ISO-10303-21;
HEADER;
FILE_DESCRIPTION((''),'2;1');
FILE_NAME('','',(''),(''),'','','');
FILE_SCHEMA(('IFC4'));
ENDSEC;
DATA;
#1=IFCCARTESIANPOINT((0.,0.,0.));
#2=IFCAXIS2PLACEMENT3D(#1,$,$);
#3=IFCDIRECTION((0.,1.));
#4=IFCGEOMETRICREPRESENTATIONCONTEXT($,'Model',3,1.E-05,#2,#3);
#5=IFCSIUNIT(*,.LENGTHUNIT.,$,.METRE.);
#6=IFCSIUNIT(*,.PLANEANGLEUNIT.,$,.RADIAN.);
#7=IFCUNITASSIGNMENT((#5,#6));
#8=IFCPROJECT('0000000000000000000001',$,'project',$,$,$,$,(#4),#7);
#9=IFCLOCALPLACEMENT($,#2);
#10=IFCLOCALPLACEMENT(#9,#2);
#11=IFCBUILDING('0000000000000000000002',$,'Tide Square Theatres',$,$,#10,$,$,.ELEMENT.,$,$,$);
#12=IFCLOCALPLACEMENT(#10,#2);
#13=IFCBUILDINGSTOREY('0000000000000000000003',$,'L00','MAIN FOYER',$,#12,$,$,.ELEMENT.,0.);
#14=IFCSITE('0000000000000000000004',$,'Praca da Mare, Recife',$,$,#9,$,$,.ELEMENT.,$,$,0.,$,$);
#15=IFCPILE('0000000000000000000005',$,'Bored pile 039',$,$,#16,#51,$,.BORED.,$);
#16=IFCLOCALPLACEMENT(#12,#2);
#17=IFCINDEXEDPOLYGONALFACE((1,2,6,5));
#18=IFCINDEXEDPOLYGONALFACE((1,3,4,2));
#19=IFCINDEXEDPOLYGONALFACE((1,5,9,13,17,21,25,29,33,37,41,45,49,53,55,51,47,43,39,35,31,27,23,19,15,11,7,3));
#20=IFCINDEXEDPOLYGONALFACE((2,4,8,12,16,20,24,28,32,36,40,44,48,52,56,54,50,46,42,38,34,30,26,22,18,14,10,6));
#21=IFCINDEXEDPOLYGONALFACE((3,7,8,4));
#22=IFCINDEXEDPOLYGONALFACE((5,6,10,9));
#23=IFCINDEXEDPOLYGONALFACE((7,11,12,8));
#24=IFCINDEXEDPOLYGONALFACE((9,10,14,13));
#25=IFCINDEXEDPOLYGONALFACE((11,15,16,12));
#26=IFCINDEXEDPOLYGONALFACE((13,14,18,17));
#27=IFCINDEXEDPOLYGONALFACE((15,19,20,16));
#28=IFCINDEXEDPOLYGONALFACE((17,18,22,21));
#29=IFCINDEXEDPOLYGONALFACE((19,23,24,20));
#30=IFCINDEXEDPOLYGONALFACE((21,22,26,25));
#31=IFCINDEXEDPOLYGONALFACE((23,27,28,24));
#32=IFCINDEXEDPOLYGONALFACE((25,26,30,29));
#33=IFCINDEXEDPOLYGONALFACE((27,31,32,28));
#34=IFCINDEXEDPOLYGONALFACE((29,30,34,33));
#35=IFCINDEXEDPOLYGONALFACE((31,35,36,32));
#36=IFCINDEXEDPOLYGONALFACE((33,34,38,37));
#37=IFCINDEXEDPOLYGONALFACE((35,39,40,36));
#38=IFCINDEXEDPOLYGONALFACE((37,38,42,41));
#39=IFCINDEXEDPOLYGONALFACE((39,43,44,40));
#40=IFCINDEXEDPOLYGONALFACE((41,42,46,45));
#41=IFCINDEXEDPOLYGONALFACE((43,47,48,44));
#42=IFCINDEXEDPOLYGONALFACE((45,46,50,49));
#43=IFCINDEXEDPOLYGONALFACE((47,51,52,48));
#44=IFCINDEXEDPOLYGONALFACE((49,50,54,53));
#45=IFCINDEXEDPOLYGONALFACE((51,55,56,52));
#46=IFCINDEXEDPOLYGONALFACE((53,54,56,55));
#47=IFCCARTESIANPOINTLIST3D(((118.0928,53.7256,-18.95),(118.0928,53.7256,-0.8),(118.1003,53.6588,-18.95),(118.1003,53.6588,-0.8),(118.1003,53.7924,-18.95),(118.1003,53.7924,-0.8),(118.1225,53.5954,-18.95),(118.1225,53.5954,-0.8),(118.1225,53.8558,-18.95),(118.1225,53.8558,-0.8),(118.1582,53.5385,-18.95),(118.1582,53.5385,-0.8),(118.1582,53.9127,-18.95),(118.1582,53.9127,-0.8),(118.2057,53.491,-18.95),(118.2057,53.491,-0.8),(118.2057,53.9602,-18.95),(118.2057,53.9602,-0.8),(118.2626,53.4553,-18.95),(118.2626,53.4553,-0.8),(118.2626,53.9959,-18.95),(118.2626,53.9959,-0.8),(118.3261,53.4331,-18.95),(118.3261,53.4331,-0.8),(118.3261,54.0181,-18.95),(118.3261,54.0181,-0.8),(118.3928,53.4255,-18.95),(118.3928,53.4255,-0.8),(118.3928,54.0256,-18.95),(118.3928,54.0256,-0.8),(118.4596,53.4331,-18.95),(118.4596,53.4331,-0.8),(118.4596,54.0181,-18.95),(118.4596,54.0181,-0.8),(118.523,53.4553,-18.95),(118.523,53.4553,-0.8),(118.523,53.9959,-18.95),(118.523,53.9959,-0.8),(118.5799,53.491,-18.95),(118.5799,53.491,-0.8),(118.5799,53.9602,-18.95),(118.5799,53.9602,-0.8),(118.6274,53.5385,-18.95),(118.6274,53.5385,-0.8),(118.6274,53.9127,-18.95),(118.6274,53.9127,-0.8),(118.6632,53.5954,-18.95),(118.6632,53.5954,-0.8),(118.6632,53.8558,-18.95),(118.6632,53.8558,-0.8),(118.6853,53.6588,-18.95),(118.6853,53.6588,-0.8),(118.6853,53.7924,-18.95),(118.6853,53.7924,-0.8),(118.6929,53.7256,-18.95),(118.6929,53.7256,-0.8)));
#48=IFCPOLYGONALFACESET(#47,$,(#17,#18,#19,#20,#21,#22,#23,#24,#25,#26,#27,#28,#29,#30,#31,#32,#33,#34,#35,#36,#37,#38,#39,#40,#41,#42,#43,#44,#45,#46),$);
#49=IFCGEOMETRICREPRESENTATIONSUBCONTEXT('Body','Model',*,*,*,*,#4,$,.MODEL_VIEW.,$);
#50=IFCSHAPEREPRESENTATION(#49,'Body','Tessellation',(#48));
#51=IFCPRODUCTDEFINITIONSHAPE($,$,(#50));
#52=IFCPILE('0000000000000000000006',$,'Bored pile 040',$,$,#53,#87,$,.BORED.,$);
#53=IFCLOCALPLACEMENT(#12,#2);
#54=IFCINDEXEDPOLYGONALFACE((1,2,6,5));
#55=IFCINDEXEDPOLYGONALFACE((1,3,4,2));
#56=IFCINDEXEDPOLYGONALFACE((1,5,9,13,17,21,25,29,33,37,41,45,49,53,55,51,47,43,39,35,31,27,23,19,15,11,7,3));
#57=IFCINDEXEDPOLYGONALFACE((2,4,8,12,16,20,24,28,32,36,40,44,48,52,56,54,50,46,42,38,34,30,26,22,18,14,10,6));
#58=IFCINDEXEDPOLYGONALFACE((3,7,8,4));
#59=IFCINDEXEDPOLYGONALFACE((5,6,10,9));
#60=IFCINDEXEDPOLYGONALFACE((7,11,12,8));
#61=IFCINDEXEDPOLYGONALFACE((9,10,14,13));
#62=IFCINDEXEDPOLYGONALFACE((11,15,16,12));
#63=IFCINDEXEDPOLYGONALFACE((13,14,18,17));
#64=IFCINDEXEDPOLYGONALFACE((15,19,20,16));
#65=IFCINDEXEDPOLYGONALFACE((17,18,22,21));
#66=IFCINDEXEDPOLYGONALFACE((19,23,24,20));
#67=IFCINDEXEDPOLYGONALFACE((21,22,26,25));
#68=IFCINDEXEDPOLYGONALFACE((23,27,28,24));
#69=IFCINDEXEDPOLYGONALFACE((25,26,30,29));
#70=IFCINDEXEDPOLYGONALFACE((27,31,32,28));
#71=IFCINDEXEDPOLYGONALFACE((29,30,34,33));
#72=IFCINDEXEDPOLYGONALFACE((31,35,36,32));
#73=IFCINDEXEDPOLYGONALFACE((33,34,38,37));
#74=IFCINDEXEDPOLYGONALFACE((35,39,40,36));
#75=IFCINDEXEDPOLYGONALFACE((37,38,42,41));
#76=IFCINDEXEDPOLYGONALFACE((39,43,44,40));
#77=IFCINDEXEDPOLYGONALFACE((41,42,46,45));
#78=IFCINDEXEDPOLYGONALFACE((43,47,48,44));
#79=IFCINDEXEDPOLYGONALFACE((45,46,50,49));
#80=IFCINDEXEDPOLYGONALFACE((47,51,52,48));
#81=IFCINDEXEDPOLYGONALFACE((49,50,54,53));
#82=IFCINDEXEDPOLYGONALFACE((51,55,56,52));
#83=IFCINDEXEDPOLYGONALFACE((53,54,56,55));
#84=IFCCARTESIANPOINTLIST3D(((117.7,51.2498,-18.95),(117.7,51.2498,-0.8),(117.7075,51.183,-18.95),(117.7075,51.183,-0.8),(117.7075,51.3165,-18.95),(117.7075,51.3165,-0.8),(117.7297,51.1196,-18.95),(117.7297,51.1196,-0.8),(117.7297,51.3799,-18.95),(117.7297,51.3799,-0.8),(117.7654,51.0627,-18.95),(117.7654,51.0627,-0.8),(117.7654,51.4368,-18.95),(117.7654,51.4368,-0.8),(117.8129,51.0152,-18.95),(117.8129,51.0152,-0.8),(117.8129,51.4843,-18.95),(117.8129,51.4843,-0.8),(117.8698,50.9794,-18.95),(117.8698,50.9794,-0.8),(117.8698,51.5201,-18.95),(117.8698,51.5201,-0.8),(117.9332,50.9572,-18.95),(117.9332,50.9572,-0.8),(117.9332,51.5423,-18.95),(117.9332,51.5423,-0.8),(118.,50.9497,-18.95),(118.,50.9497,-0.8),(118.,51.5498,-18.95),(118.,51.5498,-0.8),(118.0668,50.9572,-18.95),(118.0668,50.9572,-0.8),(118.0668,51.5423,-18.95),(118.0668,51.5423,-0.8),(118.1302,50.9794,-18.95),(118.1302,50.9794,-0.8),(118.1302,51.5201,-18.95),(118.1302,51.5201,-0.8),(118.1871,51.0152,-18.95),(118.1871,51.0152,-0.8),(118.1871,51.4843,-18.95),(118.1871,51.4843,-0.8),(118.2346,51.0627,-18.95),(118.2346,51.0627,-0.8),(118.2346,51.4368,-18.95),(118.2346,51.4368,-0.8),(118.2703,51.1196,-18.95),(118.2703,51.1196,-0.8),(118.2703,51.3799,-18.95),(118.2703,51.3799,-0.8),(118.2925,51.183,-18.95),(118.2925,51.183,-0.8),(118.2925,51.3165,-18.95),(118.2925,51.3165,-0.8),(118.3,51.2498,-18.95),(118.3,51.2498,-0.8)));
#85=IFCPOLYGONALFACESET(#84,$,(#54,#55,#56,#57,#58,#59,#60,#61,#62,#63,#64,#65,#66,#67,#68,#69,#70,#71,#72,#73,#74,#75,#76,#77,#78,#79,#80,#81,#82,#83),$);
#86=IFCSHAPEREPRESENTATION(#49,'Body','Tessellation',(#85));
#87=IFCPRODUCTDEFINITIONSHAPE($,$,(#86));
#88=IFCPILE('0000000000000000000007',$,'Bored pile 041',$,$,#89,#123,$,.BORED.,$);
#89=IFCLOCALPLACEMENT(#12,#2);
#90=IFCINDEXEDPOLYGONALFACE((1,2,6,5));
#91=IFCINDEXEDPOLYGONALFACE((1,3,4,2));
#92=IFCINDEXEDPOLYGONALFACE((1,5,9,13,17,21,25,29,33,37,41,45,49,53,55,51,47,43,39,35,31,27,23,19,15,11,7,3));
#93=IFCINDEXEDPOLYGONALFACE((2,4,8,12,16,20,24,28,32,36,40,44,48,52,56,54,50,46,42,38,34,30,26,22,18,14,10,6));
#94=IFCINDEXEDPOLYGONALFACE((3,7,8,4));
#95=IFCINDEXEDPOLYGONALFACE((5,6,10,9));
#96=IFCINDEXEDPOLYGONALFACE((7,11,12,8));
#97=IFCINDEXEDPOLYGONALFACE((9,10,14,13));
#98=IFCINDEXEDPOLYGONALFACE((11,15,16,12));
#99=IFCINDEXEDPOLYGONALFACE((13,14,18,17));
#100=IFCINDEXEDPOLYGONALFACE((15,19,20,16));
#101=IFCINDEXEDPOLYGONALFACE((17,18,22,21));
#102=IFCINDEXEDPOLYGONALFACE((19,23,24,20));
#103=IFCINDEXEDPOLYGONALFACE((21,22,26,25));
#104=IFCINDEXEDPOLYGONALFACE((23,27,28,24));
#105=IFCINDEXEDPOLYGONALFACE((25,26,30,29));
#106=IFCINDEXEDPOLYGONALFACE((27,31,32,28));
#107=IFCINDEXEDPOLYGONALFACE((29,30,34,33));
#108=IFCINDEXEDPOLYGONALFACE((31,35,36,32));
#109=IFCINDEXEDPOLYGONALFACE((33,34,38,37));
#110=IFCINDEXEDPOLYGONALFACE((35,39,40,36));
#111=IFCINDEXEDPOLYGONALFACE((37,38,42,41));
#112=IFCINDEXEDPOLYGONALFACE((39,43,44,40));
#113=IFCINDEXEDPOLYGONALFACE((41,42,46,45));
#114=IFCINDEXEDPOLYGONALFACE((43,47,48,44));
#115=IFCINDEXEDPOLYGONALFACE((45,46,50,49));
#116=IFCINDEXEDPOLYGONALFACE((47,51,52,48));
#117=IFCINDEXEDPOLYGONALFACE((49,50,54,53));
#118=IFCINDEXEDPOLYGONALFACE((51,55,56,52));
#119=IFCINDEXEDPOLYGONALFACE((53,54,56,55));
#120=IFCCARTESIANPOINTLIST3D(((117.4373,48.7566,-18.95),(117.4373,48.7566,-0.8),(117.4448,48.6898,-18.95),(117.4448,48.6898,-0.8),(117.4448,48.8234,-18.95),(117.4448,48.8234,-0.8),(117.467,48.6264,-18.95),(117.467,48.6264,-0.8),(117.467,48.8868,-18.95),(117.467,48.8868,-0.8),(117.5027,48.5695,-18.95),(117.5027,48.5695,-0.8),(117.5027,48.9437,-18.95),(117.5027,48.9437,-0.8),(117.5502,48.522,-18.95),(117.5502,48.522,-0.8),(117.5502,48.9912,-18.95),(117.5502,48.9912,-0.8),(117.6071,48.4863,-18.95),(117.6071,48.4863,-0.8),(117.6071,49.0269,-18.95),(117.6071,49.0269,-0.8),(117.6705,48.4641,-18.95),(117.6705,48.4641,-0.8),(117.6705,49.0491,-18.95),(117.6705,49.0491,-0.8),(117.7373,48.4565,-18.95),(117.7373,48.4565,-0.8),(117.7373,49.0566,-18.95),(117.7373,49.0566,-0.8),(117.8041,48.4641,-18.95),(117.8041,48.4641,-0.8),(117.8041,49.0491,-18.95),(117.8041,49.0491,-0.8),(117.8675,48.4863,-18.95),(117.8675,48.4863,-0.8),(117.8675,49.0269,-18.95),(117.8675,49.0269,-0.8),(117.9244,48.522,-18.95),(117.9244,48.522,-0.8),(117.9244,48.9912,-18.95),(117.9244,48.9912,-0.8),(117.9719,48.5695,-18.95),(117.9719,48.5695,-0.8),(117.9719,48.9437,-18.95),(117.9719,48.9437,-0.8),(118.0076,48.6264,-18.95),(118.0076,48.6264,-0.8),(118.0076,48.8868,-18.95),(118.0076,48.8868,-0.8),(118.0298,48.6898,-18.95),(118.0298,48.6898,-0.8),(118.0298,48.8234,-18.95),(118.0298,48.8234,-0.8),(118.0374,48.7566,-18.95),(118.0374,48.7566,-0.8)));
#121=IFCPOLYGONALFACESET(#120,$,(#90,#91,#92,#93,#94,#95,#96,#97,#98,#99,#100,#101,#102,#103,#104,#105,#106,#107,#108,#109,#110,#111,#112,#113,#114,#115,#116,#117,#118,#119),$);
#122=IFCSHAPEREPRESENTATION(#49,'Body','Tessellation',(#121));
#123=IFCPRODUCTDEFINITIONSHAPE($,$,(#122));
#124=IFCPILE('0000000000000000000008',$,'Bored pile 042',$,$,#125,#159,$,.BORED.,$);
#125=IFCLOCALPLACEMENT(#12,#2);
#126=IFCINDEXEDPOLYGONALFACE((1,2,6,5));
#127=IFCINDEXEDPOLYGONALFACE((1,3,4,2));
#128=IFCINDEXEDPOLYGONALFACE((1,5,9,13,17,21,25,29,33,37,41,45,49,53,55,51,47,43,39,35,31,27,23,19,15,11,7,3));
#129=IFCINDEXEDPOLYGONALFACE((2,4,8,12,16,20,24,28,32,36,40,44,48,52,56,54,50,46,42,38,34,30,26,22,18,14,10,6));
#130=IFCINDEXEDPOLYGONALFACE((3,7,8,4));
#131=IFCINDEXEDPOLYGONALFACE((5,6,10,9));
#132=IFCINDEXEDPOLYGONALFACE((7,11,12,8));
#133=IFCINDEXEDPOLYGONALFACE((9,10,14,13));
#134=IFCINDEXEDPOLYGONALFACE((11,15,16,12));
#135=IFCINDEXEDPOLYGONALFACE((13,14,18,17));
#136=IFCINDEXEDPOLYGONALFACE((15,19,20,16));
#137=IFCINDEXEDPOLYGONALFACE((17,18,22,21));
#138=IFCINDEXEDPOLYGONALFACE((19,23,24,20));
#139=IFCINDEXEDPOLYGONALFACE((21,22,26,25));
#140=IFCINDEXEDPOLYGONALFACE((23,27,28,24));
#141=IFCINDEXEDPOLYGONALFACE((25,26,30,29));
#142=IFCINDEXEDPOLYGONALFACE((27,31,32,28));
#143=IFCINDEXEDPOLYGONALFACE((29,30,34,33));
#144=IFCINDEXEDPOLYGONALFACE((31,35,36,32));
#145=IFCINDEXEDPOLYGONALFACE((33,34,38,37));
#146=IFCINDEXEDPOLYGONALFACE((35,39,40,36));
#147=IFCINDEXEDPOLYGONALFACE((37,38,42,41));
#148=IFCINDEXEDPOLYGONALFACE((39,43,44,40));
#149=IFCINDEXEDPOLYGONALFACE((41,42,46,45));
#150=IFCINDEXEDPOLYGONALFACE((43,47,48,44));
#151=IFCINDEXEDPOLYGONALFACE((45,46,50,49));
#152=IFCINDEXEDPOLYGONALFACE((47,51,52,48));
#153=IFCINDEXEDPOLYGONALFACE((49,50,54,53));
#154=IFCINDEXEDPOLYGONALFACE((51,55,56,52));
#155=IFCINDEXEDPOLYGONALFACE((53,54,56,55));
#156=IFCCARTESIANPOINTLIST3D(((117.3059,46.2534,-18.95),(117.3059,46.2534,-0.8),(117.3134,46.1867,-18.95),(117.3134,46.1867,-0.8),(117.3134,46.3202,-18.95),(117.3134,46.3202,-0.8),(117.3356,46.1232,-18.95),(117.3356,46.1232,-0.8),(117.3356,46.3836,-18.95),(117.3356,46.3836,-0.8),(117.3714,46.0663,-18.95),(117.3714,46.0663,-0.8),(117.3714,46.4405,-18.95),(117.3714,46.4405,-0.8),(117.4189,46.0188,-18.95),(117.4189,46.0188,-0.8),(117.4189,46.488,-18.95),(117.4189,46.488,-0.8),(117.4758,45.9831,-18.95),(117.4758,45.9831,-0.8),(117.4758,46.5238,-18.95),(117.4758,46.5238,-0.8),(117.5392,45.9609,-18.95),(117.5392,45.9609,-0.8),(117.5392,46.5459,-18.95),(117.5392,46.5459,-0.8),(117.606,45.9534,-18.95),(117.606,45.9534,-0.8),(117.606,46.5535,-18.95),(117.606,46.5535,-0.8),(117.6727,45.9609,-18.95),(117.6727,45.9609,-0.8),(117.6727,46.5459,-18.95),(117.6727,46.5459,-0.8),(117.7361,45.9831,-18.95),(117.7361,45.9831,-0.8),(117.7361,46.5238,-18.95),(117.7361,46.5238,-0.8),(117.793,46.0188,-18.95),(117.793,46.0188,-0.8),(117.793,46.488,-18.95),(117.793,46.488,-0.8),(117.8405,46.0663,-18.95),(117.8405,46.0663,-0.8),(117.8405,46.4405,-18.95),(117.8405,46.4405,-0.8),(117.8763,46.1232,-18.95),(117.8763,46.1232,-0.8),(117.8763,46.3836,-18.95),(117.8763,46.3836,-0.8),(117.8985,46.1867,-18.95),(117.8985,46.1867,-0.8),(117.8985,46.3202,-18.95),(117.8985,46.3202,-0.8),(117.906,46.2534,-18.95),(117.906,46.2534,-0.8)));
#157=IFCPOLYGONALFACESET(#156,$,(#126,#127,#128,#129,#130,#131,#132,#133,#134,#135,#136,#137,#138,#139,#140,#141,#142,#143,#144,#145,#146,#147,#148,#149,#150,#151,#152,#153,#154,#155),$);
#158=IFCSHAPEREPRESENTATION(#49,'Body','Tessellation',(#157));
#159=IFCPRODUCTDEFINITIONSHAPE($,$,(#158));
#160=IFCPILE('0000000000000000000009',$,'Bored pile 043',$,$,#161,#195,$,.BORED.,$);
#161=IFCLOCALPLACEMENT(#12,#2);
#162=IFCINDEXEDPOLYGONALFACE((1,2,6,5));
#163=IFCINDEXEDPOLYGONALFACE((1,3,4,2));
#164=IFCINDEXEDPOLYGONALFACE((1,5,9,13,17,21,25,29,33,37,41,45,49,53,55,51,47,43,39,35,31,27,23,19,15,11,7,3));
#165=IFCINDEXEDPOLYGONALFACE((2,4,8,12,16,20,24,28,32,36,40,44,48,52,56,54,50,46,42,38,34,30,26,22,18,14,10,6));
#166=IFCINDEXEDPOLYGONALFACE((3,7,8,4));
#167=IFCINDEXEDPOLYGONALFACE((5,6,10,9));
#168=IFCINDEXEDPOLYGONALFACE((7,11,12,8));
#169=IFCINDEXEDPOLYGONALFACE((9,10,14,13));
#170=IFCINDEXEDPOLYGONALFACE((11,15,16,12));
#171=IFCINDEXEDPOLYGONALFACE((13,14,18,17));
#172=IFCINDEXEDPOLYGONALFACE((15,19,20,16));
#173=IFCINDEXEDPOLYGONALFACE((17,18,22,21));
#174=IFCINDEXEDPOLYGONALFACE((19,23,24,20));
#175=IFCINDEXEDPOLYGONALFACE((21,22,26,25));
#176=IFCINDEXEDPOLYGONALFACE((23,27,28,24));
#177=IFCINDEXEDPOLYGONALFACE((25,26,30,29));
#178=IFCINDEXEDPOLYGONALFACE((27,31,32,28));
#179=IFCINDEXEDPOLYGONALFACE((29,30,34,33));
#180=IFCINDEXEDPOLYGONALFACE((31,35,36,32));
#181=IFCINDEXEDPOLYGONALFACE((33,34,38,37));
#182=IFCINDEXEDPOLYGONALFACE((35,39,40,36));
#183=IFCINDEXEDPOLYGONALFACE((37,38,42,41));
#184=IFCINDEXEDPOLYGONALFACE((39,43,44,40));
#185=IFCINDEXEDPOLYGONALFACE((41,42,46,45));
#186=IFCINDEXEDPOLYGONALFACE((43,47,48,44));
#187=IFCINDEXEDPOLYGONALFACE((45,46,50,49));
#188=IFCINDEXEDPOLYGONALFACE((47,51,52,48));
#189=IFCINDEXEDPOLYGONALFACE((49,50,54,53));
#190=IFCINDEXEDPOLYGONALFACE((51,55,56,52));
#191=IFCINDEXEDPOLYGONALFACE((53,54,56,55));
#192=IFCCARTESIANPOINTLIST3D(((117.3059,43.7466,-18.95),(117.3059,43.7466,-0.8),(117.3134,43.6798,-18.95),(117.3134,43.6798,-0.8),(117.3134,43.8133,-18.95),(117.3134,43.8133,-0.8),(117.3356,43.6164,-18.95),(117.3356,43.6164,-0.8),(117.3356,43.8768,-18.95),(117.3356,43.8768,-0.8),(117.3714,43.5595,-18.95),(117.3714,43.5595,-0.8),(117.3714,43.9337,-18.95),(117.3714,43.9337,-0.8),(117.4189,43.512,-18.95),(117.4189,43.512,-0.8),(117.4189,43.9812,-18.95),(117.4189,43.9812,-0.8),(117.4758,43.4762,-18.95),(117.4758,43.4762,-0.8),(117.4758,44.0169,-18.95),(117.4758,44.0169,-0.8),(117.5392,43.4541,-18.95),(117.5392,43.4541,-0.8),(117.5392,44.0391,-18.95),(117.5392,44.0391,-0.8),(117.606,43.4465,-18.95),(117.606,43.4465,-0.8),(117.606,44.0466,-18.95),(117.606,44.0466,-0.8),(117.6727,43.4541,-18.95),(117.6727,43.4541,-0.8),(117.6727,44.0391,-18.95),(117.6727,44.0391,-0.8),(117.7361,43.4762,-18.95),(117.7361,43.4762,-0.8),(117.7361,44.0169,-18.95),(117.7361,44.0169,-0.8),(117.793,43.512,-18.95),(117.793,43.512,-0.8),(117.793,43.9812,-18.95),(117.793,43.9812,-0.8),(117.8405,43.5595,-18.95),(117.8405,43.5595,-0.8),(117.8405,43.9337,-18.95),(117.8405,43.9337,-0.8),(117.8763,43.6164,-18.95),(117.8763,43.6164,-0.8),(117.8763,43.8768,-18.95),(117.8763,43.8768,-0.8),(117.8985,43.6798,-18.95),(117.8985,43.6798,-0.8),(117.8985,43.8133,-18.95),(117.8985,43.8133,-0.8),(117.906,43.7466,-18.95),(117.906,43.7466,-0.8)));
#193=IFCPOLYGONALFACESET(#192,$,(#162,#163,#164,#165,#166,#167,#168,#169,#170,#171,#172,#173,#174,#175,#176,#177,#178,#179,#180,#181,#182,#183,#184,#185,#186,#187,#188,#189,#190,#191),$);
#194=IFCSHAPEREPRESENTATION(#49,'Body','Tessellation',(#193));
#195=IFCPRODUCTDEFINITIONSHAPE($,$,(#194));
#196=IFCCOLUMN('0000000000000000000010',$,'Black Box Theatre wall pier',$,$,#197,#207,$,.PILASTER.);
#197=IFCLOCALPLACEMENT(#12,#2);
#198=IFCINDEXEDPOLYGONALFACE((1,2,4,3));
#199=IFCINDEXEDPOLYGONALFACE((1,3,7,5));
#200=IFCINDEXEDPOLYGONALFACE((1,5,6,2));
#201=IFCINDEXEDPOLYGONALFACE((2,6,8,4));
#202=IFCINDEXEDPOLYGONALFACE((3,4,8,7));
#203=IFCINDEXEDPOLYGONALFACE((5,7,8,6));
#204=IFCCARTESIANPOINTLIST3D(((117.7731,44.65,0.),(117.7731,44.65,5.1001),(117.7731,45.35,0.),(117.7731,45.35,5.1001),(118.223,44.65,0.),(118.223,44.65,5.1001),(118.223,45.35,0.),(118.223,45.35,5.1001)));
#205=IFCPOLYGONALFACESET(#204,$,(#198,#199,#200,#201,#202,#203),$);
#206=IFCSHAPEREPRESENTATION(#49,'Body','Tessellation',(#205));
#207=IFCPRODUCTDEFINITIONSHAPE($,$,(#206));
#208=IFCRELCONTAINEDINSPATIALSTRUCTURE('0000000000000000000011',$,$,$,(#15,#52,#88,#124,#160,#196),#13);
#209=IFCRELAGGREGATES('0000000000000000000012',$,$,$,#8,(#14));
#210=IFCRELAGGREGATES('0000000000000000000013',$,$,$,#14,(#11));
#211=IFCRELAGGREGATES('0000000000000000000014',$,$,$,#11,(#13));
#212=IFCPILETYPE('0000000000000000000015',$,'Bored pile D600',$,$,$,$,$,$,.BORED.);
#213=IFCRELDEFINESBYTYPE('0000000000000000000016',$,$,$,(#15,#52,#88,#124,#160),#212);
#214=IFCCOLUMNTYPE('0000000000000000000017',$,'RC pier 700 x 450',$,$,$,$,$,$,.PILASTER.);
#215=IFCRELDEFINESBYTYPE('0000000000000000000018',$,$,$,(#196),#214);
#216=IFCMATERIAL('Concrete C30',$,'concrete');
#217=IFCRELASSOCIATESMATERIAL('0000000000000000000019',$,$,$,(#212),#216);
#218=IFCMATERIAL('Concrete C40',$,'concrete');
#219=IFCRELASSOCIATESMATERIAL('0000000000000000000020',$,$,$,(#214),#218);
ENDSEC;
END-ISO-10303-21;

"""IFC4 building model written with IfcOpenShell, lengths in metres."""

from ifc_helpers import new_model, si_unit, direction, frame, origin, origin_2d, place, context, subcontext, project, spatial, rectangle, circle, extrude, material, material_profile, profile_set, type_object, element, save


model = new_model("IFC4")

# Units and contexts
model_context = context("Model", 3, precision=1e-05, world=origin(), true_north=direction((0.0, 1.0)))
body_context = subcontext(model_context, "Body", "Model", "MODEL_VIEW")
ifc_project = project(units=[si_unit("LENGTHUNIT", "METRE"), si_unit("PLANEANGLEUNIT", "RADIAN")], contexts=[model_context])

# Site, building, storey
site_placement = place(None, origin())
site = spatial("IfcSite", under=ifc_project, at=site_placement, Name="Praca da Mare, Recife", CompositionType="ELEMENT", RefElevation=0.0)
building_placement = place(site_placement, origin())
building = spatial("IfcBuilding", under=site, at=building_placement, Name="Tide Square Theatres", CompositionType="ELEMENT")
storey_placement = place(building_placement, origin())
storey = spatial("IfcBuildingStorey", under=building, at=storey_placement, Name="L00", Description="MAIN FOYER", CompositionType="ELEMENT", Elevation=0.0)

# Piles
ifc_material_1 = material(Name="Concrete C30", Category="concrete")
ifc_material_profile_1 = material_profile(ifc_material_1, circle(Radius=0.3, at=origin_2d()))
ifc_profile_set_1 = profile_set([ifc_material_profile_1], Name="Concrete C30")
pile_type = type_object("IfcPileType", Name="Bored pile D600", PredefinedType="BORED", material=ifc_profile_set_1)
for number, where, z_axis, x_axis, name in (
    (1, (118.3928, 53.7256, -0.8), (0.0, 0.0, -1.0), (1.0, 0.0, 0.0), "Bored pile 039"),
    (2, (118.0, 51.2498, -0.8), (0.0, 0.0, -1.0), (1.0, 0.0, 0.0), "Bored pile 040"),
    (3, (117.7373, 48.7566, -0.8), (0.0, 0.0, -1.0), (1.0, 0.0, 0.0), "Bored pile 041"),
    (4, (117.606, 46.2534, -0.8), (0.0, 0.0, -1.0), (1.0, 0.0, 0.0), "Bored pile 042"),
    (5, (117.606, 43.7466, -0.8), (0.0, 0.0, -1.0), (1.0, 0.0, 0.0), "Bored pile 043"),
):
    element("IfcPile", number, at=place(storey_placement, frame(where, z_axis=z_axis, x_axis=x_axis)), inside=storey, type_object=pile_type, Name=name, PredefinedType="BORED", context=body_context, shape_type="SweptSolid", body=[
        extrude(circle(Radius=0.3, at=origin_2d()), origin(), (0.0, 0.0, 1.0), 18.1499),
    ])

# Column
ifc_material_2 = material(Name="Concrete C40", Category="concrete")
ifc_material_profile_2 = material_profile(ifc_material_2, rectangle(XDim=0.7, YDim=0.45, at=origin_2d()))
ifc_profile_set_2 = profile_set([ifc_material_profile_2], Name="Concrete C40")
column_type = type_object("IfcColumnType", Name="RC pier 700 x 450", PredefinedType="PILASTER", material=ifc_profile_set_2)
column_placement = place(storey_placement, frame((117.998, 45.0, 0.0), z_axis=(0.0, 0.0, 1.0), x_axis=(0.0, -1.0, 0.0)))
element("IfcColumn", 6, at=column_placement, inside=storey, type_object=column_type, Name="Black Box Theatre wall pier", PredefinedType="PILASTER", context=body_context, shape_type="SweptSolid", body=[
    extrude(rectangle(XDim=0.7, YDim=0.45, at=origin_2d()), origin(), (0.0, 0.0, 1.0), 5.1001),
])

save(model, "model.ifc")
